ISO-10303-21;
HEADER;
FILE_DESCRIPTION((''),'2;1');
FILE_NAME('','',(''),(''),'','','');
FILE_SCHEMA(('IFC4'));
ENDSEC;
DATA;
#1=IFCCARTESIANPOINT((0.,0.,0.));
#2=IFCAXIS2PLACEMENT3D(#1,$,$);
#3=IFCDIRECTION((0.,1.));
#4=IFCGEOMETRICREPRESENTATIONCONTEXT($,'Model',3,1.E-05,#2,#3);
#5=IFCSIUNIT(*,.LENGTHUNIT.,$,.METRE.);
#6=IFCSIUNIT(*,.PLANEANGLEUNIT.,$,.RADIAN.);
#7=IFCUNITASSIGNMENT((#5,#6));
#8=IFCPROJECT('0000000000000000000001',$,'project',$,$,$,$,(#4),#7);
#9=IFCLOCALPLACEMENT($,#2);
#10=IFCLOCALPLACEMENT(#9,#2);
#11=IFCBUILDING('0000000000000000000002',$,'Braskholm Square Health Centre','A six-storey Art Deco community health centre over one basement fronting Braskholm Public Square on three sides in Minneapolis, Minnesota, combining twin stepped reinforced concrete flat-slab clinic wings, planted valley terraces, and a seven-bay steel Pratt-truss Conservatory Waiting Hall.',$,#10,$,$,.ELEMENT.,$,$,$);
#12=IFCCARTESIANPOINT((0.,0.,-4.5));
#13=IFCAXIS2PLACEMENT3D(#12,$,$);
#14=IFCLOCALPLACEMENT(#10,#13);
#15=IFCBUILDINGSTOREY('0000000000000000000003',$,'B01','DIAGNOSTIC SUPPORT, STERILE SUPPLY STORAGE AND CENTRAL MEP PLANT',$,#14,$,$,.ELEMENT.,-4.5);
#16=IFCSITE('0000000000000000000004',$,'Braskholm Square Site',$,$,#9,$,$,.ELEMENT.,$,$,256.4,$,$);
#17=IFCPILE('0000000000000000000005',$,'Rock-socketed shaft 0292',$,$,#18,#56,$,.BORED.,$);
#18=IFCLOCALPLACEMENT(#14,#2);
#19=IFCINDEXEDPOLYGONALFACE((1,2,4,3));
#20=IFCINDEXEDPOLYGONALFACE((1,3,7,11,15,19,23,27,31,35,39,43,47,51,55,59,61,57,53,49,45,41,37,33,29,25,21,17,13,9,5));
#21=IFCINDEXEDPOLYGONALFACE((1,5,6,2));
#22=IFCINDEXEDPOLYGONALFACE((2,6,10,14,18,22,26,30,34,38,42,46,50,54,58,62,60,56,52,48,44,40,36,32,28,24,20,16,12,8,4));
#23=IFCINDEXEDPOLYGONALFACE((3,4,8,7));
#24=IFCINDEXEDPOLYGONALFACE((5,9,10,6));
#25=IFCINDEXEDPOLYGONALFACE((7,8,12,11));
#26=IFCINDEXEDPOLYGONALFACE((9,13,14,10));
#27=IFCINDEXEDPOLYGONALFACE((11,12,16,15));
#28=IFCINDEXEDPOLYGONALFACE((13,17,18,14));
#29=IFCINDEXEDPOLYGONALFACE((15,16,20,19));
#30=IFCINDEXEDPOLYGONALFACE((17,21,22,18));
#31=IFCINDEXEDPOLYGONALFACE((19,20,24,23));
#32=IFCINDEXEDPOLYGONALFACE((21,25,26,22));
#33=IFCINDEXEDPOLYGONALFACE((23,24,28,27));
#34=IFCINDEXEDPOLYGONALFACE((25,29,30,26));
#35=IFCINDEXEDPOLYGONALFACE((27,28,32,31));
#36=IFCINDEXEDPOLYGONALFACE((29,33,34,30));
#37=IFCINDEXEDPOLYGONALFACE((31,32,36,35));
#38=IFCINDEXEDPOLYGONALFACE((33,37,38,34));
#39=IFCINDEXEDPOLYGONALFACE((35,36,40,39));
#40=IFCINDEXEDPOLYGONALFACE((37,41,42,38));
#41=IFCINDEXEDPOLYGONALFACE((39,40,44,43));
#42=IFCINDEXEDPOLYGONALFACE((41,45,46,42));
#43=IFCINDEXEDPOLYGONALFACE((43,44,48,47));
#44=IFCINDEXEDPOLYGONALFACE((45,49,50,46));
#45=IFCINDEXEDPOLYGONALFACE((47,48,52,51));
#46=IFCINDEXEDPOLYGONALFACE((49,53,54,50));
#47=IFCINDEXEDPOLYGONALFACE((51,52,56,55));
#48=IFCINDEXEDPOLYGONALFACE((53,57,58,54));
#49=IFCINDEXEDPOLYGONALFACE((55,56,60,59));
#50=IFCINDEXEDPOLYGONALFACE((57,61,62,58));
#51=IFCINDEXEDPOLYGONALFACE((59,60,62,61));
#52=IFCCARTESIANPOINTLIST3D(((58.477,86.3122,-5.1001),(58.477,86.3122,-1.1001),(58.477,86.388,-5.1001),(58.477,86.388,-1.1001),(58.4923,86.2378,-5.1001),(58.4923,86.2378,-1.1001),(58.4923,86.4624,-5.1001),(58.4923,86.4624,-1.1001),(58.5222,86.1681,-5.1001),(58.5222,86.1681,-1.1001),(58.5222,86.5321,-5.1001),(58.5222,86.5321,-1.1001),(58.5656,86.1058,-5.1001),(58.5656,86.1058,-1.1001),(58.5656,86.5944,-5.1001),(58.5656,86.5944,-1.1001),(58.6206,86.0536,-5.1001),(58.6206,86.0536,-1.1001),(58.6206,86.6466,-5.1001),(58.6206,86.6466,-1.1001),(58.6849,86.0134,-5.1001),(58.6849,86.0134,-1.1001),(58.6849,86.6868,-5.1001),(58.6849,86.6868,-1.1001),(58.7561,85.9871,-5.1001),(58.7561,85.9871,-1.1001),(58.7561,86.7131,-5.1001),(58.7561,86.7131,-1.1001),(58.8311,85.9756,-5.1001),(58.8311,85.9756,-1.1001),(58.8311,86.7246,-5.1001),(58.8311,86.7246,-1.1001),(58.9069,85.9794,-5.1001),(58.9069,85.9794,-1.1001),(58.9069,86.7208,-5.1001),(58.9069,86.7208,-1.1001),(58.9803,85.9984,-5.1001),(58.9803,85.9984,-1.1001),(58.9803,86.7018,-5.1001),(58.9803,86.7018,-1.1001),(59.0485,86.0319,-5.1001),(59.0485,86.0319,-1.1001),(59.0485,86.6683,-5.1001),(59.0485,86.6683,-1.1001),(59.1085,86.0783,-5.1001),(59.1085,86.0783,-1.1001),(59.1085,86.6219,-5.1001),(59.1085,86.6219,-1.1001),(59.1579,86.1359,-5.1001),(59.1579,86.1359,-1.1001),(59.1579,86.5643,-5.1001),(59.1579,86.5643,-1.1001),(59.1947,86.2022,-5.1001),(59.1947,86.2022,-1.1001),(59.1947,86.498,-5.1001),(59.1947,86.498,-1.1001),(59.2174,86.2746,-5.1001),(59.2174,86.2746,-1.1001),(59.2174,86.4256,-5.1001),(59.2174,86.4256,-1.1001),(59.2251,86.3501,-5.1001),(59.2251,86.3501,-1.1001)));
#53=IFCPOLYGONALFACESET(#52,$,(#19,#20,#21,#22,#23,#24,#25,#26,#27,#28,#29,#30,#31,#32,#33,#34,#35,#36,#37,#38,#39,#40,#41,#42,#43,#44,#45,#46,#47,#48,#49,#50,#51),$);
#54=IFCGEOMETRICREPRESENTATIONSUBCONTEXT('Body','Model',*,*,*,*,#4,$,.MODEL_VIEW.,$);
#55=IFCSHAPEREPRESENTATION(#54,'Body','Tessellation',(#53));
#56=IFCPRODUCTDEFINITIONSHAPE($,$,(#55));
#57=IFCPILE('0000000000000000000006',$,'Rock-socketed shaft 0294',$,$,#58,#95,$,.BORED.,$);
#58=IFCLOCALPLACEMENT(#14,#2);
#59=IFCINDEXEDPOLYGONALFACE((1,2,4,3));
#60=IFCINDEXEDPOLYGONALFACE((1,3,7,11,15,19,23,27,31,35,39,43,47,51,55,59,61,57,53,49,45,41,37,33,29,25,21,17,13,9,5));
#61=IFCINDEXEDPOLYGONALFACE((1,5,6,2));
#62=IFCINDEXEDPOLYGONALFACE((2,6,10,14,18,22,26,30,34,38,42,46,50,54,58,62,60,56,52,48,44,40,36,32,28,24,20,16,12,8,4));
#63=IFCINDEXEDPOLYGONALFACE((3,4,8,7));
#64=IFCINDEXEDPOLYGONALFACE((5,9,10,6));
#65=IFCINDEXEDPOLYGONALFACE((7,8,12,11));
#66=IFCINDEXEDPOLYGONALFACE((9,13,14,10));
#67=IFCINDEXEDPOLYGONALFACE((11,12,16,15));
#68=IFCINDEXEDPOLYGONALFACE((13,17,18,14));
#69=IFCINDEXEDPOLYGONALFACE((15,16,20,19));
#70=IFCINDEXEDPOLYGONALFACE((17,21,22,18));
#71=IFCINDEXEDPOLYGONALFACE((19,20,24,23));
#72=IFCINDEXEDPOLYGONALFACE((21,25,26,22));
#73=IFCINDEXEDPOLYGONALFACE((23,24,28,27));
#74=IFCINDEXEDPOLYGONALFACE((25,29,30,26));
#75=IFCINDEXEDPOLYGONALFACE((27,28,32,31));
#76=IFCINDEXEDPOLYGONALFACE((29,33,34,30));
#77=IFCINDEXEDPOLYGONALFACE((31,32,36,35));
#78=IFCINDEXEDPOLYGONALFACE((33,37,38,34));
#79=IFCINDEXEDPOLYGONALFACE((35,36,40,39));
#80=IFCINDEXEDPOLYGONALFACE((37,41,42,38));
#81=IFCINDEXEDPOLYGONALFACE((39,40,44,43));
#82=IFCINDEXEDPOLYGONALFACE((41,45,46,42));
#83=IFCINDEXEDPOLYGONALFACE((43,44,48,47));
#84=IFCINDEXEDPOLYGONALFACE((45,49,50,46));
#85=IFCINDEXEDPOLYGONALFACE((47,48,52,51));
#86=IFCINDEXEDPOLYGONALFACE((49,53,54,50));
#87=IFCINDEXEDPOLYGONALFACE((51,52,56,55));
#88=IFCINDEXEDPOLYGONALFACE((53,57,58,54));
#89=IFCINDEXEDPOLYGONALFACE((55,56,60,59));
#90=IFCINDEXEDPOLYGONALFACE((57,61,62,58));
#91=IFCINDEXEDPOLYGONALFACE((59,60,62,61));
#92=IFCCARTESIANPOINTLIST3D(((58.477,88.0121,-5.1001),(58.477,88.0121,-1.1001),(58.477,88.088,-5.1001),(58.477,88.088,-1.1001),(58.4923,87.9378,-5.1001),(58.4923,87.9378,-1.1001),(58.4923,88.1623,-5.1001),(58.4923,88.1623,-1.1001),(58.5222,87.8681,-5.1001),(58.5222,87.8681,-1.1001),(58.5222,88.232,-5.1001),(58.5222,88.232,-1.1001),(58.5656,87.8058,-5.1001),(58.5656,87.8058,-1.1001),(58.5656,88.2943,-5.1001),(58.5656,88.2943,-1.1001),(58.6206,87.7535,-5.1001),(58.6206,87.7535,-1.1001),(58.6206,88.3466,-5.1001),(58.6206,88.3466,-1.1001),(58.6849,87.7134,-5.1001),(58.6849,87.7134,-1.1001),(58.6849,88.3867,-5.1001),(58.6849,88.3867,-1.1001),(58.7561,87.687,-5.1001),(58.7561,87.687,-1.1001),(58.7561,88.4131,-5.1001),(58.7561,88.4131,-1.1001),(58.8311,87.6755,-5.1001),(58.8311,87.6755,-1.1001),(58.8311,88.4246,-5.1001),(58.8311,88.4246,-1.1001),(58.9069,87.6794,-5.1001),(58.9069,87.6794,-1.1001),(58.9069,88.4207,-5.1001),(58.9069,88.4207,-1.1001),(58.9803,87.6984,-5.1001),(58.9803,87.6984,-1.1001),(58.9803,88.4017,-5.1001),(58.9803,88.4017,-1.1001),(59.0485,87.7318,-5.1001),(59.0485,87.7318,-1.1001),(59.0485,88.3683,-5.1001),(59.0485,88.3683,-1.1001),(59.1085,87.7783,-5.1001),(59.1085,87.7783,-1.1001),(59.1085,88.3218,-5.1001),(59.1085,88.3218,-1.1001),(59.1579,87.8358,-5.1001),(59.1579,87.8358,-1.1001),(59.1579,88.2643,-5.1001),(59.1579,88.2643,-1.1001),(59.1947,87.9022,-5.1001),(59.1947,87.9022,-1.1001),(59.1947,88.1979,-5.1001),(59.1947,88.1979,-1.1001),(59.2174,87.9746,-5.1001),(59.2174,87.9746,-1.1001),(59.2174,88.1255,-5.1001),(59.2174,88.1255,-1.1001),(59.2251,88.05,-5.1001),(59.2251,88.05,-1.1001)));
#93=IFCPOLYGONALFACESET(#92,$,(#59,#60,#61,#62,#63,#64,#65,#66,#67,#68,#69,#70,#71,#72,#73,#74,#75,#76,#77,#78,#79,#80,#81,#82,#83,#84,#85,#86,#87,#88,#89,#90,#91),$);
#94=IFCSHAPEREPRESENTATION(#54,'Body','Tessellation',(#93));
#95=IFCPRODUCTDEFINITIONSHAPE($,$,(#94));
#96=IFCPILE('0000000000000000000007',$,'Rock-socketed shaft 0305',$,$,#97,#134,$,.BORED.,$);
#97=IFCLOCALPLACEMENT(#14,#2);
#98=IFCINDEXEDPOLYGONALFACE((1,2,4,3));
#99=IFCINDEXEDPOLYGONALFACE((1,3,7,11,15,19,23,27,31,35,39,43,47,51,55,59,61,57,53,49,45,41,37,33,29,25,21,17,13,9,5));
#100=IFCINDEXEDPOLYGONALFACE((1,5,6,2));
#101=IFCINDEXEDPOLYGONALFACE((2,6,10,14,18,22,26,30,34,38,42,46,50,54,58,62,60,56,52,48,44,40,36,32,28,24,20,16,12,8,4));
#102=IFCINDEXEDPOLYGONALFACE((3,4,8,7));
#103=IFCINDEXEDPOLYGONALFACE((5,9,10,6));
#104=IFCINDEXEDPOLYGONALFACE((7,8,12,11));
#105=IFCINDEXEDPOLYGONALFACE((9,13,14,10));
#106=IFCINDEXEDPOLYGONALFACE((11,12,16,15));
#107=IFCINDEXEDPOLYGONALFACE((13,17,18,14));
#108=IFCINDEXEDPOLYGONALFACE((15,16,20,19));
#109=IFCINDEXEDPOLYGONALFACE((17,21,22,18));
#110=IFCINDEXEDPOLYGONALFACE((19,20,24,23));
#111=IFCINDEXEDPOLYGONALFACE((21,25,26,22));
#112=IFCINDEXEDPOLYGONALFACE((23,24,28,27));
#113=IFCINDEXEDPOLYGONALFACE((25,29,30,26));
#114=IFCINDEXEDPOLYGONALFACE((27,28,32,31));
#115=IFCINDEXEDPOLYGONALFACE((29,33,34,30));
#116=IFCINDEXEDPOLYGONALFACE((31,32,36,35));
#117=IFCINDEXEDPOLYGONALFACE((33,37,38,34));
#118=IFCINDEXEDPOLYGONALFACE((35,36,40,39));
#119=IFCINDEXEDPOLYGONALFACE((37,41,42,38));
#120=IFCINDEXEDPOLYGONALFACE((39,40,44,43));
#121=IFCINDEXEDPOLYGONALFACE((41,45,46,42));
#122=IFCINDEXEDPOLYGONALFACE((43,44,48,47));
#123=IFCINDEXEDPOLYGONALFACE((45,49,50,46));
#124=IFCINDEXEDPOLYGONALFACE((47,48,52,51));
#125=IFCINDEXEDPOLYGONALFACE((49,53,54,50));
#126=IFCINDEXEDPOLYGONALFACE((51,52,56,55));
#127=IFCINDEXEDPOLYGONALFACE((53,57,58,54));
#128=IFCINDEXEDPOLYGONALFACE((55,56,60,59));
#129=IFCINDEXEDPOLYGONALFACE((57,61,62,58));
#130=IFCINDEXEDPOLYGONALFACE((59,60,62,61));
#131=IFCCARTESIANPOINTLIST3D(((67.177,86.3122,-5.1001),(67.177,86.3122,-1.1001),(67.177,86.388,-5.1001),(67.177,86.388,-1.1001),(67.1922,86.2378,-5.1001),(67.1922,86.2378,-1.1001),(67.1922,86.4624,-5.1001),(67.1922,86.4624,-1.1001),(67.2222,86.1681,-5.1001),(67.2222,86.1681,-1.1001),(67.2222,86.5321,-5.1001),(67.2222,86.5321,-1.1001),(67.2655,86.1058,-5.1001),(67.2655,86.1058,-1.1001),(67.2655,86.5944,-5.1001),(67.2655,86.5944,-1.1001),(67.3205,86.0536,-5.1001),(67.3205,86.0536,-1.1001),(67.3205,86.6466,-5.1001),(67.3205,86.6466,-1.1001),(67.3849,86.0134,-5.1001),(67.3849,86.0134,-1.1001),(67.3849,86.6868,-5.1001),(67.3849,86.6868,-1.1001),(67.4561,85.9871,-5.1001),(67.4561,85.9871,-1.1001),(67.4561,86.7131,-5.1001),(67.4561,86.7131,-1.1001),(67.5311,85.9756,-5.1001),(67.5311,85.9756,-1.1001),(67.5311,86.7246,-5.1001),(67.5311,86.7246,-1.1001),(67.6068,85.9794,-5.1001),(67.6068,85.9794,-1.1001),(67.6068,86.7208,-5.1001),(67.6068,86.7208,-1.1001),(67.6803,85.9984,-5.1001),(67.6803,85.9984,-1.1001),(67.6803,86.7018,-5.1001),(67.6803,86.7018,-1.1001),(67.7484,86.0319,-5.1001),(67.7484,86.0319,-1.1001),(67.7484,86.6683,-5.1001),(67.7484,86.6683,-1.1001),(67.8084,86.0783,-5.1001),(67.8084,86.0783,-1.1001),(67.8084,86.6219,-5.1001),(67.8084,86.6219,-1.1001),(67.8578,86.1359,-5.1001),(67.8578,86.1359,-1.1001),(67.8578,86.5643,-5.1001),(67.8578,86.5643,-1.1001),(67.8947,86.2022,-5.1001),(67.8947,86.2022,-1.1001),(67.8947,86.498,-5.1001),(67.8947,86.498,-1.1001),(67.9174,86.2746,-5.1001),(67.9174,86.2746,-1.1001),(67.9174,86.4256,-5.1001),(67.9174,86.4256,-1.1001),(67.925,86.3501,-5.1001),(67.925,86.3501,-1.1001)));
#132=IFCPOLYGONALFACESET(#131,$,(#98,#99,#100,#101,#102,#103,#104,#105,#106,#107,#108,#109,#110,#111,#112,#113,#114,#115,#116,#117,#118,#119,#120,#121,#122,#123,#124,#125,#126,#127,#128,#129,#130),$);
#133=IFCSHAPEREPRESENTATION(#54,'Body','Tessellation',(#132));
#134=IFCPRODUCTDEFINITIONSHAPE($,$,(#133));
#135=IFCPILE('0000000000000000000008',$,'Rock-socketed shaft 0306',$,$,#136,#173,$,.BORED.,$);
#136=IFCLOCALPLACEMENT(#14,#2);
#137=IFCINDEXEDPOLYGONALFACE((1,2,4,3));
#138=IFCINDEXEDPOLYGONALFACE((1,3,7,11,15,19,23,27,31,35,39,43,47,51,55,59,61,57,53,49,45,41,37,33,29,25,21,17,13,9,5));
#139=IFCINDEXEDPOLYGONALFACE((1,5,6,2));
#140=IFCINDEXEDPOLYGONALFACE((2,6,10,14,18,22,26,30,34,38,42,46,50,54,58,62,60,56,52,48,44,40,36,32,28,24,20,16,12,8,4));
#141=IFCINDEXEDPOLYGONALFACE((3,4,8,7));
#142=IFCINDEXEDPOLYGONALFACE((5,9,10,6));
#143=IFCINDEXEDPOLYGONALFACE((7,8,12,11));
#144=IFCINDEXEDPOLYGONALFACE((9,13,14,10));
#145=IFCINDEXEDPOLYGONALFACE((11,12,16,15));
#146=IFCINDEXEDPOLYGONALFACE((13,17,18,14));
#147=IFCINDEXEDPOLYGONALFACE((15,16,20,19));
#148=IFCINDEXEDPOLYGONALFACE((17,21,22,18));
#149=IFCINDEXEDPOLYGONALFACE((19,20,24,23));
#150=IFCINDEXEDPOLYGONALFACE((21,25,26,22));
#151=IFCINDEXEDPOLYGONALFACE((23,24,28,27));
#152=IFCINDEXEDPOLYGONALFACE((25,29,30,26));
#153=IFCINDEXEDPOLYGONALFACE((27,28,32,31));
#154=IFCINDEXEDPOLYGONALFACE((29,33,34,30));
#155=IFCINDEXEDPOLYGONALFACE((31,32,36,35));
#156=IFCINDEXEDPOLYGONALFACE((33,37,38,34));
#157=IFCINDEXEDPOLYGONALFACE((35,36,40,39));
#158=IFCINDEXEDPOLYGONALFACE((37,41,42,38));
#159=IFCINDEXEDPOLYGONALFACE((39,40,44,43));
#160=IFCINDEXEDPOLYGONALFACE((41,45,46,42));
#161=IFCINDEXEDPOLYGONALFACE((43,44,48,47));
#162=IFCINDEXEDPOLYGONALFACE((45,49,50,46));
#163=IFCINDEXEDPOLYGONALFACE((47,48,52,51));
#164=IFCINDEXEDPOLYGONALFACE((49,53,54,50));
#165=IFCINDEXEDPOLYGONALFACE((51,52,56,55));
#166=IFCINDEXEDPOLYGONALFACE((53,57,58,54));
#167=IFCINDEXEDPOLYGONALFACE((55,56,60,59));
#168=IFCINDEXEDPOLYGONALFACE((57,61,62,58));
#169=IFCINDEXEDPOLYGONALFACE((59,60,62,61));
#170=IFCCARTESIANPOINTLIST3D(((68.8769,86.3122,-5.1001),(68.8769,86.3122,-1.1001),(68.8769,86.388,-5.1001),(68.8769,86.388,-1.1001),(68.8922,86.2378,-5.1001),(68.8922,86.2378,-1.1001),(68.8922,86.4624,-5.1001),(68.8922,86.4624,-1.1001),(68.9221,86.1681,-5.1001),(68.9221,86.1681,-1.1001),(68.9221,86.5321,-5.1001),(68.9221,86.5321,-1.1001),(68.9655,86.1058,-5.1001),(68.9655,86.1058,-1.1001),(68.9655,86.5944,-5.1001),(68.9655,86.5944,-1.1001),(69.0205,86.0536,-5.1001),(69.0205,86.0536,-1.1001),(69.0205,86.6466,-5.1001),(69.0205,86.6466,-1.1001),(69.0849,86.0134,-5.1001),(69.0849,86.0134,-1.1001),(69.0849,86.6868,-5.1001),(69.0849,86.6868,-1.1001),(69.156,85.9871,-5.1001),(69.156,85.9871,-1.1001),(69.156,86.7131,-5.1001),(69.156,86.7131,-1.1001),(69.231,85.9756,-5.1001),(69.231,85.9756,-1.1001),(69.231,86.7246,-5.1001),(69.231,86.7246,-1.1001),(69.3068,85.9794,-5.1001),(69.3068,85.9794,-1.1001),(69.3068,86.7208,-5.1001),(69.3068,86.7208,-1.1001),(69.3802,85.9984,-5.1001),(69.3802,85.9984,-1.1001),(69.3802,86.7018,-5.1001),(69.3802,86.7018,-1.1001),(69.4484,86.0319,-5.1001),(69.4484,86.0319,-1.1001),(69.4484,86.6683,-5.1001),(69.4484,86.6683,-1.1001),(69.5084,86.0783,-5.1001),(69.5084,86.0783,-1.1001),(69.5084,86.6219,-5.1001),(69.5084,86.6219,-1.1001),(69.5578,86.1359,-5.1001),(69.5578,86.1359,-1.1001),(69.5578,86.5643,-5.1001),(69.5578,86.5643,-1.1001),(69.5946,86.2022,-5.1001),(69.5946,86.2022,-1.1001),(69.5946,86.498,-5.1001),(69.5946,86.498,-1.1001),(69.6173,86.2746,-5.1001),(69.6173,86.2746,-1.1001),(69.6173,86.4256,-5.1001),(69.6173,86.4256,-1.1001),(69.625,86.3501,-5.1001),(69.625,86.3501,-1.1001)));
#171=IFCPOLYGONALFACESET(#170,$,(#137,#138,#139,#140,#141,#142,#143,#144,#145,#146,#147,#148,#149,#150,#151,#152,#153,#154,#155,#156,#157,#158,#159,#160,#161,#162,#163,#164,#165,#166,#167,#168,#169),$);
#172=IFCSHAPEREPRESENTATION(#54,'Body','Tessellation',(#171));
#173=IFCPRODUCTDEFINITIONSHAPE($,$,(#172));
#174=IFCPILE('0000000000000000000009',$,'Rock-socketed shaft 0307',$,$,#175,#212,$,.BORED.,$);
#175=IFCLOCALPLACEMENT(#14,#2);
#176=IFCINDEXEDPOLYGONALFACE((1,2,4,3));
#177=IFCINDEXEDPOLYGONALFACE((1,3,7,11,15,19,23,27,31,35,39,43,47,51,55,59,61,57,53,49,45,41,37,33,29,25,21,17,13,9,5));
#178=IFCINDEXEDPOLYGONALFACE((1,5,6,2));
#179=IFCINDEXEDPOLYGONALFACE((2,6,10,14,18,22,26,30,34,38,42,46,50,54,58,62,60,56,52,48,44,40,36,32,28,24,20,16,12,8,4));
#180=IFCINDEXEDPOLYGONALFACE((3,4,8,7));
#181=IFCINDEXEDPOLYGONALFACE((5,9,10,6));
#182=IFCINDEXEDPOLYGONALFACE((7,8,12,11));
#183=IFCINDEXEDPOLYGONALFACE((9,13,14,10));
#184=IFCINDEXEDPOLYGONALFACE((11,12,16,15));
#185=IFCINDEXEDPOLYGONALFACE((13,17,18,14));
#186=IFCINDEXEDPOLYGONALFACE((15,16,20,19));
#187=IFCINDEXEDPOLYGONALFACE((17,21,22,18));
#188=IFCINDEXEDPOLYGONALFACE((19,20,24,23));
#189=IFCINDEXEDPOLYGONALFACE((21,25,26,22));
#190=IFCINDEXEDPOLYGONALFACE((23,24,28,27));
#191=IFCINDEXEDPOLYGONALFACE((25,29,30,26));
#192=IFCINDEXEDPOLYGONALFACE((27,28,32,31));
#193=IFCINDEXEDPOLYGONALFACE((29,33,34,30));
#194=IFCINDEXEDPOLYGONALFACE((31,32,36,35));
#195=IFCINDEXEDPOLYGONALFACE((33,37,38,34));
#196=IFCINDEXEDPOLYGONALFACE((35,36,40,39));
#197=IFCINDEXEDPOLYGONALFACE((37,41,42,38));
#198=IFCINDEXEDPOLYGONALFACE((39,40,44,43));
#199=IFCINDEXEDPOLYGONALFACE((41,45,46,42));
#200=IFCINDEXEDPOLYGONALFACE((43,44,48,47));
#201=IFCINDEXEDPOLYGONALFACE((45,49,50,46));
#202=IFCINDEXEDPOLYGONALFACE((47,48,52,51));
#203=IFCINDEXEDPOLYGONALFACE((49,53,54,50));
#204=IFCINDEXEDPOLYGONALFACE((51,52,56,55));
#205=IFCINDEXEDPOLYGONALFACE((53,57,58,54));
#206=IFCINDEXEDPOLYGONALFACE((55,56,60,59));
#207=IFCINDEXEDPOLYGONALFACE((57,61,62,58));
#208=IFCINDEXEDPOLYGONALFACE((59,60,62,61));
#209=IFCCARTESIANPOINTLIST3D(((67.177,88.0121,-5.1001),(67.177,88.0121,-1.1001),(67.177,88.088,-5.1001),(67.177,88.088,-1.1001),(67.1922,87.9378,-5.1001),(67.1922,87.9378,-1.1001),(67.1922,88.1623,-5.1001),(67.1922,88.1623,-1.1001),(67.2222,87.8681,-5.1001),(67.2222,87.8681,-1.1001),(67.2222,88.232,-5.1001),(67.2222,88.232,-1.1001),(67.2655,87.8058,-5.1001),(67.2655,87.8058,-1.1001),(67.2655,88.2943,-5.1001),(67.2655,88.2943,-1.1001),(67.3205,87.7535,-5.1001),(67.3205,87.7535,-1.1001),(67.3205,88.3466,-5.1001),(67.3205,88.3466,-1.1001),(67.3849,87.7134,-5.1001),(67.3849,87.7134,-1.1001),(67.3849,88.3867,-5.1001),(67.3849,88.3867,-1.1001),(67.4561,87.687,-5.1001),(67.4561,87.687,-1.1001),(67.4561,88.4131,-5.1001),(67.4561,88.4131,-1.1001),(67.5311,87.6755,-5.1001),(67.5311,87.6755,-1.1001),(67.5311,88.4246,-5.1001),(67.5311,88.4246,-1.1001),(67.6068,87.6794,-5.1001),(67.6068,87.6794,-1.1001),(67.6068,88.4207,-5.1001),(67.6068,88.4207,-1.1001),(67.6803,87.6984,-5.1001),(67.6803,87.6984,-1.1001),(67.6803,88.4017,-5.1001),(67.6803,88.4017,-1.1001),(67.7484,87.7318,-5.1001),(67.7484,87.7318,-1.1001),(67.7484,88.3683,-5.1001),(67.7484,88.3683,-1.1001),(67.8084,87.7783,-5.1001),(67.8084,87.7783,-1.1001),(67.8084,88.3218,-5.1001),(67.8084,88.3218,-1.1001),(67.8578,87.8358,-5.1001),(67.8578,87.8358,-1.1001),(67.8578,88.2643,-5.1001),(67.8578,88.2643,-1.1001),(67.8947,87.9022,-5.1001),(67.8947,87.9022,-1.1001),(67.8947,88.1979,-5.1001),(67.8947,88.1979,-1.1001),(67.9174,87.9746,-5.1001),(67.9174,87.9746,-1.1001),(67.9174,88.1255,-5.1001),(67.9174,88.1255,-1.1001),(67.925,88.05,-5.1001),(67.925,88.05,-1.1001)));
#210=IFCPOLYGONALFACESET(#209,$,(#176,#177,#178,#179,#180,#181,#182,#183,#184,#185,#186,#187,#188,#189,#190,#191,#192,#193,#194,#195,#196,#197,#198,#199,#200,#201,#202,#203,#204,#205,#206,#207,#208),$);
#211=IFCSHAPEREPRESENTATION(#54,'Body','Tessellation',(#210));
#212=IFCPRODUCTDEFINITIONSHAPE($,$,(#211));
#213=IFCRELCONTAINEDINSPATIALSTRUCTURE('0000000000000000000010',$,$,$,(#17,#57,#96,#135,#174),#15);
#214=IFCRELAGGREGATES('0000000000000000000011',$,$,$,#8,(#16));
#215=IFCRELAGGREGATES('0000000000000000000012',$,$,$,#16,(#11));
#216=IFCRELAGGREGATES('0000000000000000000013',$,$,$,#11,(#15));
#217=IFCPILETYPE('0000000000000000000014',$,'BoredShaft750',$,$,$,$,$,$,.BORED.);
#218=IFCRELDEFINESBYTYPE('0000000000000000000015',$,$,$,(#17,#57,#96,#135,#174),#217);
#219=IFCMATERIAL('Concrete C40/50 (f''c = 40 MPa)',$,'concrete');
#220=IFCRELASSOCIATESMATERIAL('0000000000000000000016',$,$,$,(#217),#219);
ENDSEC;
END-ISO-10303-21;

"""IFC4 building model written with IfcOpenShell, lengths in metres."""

from ifc_helpers import new_model, si_unit, direction, frame, origin, origin_2d, place, context, subcontext, project, spatial, circle, extrude, material, material_profile, profile_set, type_object, element, save


model = new_model("IFC4")

# Units and contexts
model_context = context("Model", 3, precision=1e-05, world=origin(), true_north=direction((0.0, 1.0)))
body_context = subcontext(model_context, "Body", "Model", "MODEL_VIEW")
ifc_project = project(units=[si_unit("LENGTHUNIT", "METRE"), si_unit("PLANEANGLEUNIT", "RADIAN")], contexts=[model_context])

# Site, building, storey
site_placement = place(None, origin())
site = spatial("IfcSite", under=ifc_project, at=site_placement, Name="Braskholm Square Site", CompositionType="ELEMENT", RefElevation=256.4)
building_placement = place(site_placement, origin())
building = spatial("IfcBuilding", under=site, at=building_placement, Name="Braskholm Square Health Centre", Description="A six-storey Art Deco community health centre over one basement fronting Braskholm Public Square on three sides in Minneapolis, Minnesota, combining twin stepped reinforced concrete flat-slab clinic wings, planted valley terraces, and a seven-bay steel Pratt-truss Conservatory Waiting Hall.", CompositionType="ELEMENT")
storey_placement = place(building_placement, frame((0.0, 0.0, -4.5)))
storey = spatial("IfcBuildingStorey", under=building, at=storey_placement, Name="B01", Description="DIAGNOSTIC SUPPORT, STERILE SUPPLY STORAGE AND CENTRAL MEP PLANT", CompositionType="ELEMENT", Elevation=-4.5)

# Piles
ifc_material_1 = material(Name="Concrete C40/50 (f'c = 40 MPa)", Category="concrete")
ifc_material_profile_1 = material_profile(ifc_material_1, circle(Radius=0.375, at=origin_2d()), Name="BORED-PILE-750")
ifc_profile_set_1 = profile_set([ifc_material_profile_1], Name="Concrete C40/50 (f'c = 40 MPa)")
pile_type_1 = type_object("IfcPileType", Name="BoredShaft750", PredefinedType="BORED", material=ifc_profile_set_1)
for number, where, z_axis, x_axis, name in (
    (1, (58.8501, 86.3501, -1.1001), (0.0, 0.0, -1.0), (1.0, 0.0, 0.0), "Rock-socketed shaft 0292"),
    (2, (58.8501, 88.05, -1.1001), (0.0, 0.0, -1.0), (1.0, 0.0, 0.0), "Rock-socketed shaft 0294"),
    (3, (67.55, 86.3501, -1.1001), (0.0, 0.0, -1.0), (1.0, 0.0, 0.0), "Rock-socketed shaft 0305"),
    (4, (69.25, 86.3501, -1.1001), (0.0, 0.0, -1.0), (1.0, 0.0, 0.0), "Rock-socketed shaft 0306"),
    (5, (67.55, 88.05, -1.1001), (0.0, 0.0, -1.0), (1.0, 0.0, 0.0), "Rock-socketed shaft 0307"),
):
    element("IfcPile", number, at=place(storey_placement, frame(where, z_axis=z_axis, x_axis=x_axis)), inside=storey, type_object=pile_type_1, Name=name, PredefinedType="BORED", context=body_context, shape_type="SweptSolid", body=[
        extrude(circle(Radius=0.375, at=origin_2d()), origin(), (0.0, 0.0, 1.0), 4.0),
    ])

save(model, "model.ifc")
